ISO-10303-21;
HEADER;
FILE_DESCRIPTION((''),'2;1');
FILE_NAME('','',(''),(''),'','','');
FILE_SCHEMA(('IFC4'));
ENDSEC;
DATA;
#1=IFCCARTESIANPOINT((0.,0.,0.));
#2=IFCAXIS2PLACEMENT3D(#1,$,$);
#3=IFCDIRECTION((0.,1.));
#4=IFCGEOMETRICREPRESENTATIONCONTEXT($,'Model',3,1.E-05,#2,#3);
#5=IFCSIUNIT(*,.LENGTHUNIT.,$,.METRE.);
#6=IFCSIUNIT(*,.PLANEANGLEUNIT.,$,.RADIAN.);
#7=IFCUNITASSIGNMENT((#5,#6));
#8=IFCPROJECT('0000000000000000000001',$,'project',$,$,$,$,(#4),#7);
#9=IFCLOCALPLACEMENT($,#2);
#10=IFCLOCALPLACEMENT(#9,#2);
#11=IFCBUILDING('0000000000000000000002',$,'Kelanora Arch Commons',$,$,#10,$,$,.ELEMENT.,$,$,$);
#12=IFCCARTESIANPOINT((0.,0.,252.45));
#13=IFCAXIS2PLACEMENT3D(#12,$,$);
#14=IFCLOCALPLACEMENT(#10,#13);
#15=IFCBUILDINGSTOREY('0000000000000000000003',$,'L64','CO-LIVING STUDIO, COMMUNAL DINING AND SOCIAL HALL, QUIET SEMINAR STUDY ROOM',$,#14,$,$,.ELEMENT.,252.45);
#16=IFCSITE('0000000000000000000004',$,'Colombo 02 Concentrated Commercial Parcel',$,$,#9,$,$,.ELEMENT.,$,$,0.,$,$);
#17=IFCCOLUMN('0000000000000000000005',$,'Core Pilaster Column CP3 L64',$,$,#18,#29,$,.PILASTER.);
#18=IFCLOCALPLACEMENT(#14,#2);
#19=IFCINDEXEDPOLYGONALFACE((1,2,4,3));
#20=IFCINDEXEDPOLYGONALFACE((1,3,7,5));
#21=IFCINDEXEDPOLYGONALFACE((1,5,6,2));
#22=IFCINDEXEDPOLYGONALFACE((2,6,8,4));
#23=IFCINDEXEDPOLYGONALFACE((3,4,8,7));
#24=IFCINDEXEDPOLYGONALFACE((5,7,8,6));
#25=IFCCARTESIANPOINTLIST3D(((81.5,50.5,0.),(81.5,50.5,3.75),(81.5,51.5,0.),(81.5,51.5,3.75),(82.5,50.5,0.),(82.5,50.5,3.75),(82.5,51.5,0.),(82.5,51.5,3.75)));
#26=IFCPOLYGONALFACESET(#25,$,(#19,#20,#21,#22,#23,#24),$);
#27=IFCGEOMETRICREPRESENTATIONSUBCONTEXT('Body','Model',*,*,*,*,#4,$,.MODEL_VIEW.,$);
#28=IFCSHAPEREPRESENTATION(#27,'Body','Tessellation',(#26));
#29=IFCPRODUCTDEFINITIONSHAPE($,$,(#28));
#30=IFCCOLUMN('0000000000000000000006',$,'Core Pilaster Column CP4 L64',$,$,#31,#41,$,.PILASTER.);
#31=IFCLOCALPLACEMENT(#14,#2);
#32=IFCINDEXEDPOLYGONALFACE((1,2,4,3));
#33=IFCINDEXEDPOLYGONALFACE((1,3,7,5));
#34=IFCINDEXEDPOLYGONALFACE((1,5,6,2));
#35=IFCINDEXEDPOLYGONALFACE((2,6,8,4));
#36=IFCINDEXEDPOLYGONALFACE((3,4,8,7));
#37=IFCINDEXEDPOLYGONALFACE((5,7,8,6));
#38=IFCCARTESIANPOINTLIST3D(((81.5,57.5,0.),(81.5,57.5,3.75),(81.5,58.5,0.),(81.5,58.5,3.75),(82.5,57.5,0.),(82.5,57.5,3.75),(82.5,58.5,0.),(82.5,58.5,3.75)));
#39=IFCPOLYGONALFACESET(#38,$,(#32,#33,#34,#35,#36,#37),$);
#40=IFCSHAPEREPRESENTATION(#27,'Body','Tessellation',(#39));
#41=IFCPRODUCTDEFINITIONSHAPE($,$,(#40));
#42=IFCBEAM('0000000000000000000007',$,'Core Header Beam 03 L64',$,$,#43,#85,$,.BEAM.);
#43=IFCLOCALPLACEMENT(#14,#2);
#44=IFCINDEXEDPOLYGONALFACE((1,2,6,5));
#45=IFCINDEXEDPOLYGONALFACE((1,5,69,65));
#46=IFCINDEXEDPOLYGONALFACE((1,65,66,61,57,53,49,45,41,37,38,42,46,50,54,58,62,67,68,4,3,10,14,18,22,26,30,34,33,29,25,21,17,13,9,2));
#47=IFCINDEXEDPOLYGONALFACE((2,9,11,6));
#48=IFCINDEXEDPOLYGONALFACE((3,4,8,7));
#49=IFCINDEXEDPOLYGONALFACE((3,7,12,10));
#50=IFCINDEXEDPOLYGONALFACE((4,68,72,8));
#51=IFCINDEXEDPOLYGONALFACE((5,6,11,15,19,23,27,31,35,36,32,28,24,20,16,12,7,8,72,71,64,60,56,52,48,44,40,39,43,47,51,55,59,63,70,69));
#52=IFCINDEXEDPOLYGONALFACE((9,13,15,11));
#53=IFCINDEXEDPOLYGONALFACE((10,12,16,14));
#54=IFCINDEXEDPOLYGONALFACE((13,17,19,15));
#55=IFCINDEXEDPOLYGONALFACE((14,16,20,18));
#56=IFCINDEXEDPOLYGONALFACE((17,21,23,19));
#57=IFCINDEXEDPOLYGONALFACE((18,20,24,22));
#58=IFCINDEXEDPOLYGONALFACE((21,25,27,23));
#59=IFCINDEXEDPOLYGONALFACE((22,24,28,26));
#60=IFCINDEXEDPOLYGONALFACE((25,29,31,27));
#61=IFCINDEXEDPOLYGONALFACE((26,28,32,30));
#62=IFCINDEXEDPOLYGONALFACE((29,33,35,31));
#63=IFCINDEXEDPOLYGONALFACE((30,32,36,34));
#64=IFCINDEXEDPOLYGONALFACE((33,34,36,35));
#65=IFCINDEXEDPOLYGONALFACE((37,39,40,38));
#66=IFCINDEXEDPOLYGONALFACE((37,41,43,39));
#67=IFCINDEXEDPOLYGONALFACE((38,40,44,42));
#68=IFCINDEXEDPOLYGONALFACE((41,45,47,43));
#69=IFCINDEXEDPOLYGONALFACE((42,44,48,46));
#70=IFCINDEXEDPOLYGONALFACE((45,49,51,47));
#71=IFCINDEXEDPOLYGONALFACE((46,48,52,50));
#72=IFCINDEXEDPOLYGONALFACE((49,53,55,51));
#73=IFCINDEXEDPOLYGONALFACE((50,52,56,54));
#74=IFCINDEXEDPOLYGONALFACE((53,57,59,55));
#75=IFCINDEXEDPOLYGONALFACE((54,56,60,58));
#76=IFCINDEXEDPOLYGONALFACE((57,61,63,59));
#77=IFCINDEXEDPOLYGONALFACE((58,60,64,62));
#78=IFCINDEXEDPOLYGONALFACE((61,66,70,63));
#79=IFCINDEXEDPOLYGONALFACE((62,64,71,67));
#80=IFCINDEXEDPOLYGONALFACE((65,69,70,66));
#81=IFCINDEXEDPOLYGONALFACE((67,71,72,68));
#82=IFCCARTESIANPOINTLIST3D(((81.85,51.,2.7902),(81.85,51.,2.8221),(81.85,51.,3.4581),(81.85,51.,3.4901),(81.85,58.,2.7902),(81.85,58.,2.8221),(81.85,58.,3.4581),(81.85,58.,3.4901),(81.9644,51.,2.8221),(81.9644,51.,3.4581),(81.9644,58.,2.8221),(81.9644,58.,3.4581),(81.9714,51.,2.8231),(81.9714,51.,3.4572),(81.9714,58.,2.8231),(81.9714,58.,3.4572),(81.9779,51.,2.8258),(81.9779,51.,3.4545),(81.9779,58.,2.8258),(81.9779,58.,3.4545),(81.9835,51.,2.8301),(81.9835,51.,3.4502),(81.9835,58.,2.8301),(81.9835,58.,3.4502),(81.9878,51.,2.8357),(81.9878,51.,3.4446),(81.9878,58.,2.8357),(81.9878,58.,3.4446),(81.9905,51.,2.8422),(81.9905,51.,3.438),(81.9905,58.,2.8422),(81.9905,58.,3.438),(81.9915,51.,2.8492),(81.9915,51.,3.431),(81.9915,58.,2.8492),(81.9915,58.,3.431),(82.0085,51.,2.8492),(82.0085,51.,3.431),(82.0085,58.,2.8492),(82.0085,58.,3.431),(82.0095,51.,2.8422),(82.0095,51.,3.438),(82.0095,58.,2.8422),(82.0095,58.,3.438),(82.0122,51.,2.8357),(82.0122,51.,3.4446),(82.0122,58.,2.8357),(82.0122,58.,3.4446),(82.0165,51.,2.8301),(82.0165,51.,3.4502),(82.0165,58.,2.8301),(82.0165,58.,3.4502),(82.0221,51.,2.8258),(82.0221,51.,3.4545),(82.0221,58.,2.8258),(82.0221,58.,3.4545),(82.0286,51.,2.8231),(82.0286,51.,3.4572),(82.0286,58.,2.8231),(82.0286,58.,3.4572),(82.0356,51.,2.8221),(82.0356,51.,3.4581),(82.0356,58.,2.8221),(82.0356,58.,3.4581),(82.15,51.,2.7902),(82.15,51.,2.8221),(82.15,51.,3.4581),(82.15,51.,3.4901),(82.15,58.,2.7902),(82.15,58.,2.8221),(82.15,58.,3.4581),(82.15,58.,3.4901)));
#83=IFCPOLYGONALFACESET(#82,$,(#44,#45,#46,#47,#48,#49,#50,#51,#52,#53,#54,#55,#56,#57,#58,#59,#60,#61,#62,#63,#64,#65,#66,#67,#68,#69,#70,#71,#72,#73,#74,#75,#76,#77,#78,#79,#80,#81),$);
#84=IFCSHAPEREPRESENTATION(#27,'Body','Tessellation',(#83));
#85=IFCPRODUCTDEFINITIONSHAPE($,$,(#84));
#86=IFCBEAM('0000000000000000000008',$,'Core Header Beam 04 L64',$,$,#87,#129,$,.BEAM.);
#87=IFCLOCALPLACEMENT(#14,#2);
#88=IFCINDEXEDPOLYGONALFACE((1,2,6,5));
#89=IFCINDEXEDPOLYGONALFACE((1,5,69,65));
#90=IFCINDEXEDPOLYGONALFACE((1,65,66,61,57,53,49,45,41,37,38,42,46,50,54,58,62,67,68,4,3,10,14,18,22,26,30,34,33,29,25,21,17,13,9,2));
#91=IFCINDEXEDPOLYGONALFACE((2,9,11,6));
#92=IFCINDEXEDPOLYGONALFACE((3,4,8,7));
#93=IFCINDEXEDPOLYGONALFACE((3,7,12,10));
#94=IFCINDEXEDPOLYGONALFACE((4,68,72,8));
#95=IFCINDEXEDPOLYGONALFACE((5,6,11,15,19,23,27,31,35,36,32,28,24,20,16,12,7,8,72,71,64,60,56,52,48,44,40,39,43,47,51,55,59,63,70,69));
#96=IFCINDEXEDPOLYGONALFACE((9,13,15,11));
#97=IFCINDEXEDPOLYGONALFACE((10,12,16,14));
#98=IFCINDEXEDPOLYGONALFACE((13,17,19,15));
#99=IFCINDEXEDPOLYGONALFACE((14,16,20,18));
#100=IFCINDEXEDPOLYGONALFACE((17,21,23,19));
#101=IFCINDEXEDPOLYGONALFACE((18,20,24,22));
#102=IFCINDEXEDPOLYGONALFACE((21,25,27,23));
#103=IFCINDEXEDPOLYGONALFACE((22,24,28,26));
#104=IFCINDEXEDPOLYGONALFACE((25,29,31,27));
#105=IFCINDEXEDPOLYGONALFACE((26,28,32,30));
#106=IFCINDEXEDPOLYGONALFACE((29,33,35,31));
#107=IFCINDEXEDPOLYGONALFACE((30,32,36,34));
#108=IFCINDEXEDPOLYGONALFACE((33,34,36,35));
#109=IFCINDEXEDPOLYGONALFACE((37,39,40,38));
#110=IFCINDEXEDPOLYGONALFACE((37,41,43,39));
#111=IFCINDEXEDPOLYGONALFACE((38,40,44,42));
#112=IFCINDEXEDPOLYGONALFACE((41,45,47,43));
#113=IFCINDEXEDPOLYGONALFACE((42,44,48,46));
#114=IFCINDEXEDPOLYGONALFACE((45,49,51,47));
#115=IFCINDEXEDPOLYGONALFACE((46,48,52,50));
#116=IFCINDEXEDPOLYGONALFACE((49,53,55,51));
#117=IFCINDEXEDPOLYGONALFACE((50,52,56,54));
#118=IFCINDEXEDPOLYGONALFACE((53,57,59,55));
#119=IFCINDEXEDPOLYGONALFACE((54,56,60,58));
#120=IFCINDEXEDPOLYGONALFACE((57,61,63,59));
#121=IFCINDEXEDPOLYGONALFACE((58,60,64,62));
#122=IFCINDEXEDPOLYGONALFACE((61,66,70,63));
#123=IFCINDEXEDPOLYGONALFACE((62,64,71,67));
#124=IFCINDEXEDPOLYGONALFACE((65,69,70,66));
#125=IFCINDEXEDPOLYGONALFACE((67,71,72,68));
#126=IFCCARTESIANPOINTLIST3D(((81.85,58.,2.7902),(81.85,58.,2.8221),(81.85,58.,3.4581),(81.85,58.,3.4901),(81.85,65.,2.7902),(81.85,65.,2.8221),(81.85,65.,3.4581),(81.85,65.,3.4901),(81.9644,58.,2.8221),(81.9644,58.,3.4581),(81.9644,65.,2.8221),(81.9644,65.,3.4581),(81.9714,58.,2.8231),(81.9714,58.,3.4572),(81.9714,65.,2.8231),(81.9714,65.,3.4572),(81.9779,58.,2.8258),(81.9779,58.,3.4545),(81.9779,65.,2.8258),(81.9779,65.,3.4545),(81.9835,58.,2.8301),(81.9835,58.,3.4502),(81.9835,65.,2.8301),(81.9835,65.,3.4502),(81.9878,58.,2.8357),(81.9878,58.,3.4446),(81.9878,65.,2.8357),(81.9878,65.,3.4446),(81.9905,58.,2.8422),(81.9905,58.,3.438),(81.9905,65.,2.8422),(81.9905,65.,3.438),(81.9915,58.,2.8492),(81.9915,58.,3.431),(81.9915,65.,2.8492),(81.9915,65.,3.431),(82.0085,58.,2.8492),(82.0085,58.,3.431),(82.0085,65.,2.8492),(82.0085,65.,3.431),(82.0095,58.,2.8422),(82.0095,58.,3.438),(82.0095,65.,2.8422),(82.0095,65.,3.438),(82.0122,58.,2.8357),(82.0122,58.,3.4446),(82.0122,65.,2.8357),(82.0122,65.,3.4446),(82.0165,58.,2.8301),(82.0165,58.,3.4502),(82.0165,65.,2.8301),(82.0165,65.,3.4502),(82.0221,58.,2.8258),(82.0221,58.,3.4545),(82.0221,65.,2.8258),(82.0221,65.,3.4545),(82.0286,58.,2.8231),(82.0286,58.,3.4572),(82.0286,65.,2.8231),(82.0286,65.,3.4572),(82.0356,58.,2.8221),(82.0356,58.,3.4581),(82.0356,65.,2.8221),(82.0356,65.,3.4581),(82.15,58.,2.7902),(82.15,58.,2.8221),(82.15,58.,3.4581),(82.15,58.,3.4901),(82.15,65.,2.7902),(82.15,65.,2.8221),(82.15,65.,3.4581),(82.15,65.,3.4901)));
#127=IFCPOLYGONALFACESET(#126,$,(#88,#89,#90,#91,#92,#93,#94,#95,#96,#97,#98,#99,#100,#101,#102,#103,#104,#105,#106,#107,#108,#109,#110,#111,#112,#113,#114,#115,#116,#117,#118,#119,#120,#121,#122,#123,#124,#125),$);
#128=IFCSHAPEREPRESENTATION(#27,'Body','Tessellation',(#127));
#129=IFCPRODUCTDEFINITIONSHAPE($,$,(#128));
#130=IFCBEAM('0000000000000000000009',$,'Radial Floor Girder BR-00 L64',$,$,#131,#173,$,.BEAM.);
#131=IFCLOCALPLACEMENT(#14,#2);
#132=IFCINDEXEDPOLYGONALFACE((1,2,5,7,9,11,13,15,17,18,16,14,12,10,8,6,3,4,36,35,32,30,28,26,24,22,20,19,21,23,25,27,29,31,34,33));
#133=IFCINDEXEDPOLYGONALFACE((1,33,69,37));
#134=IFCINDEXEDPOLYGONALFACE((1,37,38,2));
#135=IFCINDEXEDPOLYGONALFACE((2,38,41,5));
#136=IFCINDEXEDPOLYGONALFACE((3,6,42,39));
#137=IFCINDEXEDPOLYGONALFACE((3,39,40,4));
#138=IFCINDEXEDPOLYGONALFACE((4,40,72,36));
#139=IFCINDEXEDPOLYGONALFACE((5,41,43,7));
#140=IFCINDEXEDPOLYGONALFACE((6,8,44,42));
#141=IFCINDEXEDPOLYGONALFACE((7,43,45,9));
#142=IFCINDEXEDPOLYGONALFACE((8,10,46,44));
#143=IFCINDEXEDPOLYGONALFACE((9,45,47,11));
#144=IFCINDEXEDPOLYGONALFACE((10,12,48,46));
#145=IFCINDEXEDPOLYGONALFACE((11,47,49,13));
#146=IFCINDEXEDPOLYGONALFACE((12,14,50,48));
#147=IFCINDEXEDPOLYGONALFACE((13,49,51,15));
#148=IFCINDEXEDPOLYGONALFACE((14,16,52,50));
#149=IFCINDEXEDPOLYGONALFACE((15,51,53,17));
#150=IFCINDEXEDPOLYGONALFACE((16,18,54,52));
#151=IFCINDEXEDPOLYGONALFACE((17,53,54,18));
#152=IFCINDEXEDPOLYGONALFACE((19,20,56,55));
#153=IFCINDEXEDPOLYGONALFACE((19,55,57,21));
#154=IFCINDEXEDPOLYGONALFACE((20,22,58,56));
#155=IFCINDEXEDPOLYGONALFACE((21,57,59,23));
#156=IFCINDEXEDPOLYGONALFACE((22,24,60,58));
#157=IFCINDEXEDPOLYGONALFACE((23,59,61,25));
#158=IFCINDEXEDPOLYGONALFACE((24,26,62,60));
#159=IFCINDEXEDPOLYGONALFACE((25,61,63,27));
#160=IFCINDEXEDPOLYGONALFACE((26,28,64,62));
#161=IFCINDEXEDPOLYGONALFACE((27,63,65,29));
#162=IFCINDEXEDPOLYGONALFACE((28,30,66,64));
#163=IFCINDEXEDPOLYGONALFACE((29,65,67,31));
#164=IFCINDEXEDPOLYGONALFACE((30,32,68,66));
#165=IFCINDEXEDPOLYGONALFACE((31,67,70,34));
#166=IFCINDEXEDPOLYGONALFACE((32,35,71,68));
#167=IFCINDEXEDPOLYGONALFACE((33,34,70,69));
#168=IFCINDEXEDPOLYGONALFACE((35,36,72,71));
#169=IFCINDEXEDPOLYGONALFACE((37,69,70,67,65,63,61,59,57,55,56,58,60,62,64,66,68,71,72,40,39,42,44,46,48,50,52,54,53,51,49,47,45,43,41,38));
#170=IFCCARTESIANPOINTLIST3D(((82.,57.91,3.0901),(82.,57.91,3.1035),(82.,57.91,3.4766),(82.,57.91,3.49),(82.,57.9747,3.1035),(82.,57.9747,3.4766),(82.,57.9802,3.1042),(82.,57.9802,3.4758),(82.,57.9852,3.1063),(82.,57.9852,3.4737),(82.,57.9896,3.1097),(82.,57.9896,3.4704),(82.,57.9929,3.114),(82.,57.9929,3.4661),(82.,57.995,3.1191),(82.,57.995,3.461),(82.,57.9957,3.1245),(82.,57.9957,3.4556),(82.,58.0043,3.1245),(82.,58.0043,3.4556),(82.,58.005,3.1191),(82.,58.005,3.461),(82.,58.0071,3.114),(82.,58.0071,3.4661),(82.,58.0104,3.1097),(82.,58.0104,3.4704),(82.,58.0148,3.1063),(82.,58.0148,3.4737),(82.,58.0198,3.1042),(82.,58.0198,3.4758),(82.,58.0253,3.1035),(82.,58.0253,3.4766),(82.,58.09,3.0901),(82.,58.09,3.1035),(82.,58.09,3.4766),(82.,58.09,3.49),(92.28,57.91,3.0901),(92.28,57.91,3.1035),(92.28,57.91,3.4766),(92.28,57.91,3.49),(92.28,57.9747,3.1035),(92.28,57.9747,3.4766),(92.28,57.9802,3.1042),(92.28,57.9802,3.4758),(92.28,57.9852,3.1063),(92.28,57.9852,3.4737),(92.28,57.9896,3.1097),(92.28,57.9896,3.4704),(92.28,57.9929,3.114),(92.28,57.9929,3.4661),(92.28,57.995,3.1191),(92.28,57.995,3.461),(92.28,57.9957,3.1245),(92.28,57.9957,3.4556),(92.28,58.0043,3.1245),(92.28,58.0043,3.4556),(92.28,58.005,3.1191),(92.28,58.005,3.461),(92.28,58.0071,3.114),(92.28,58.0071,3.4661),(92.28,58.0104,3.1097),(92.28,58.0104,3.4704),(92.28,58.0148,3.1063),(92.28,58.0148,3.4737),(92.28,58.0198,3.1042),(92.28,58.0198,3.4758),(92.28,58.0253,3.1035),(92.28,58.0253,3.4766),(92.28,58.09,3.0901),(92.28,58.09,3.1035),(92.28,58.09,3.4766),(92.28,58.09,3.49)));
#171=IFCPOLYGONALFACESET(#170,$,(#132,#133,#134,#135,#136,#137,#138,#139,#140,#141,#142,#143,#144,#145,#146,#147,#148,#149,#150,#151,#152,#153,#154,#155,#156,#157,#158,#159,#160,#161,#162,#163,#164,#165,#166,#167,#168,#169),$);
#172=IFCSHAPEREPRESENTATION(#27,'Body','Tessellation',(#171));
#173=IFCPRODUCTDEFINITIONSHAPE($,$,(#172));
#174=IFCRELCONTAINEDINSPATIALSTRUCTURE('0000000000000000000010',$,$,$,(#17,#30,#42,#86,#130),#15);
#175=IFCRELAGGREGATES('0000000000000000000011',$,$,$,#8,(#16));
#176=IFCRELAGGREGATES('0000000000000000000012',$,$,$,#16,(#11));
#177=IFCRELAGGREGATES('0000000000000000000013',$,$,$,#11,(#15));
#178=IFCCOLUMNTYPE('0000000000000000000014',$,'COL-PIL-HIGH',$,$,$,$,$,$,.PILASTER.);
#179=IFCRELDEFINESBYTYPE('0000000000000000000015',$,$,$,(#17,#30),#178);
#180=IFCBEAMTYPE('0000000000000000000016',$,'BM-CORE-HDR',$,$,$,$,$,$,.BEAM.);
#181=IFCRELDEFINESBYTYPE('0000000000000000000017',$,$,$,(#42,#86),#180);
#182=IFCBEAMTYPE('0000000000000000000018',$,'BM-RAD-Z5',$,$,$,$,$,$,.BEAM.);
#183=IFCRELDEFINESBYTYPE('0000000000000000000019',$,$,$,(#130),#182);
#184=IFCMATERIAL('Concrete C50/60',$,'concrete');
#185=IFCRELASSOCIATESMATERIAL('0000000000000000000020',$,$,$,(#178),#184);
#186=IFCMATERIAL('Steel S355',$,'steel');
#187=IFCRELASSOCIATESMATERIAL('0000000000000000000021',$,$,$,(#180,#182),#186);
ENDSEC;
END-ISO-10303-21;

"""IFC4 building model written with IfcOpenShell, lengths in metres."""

from ifc_helpers import new_model, si_unit, direction, frame, origin, origin_2d, place, context, subcontext, project, spatial, rectangle, i_section, extrude, material, material_profile, profile_set, type_object, element, save


model = new_model("IFC4")

# Units and contexts
model_context = context("Model", 3, precision=1e-05, world=origin(), true_north=direction((0.0, 1.0)))
body_context = subcontext(model_context, "Body", "Model", "MODEL_VIEW")
ifc_project = project(units=[si_unit("LENGTHUNIT", "METRE"), si_unit("PLANEANGLEUNIT", "RADIAN")], contexts=[model_context])

# Site, building, storey
site_placement = place(None, origin())
site = spatial("IfcSite", under=ifc_project, at=site_placement, Name="Colombo 02 Concentrated Commercial Parcel", CompositionType="ELEMENT", RefElevation=0.0)
building_placement = place(site_placement, origin())
building = spatial("IfcBuilding", under=site, at=building_placement, Name="Kelanora Arch Commons", CompositionType="ELEMENT")
storey_placement = place(building_placement, frame((0.0, 0.0, 252.45)))
storey = spatial("IfcBuildingStorey", under=building, at=storey_placement, Name="L64", Description="CO-LIVING STUDIO, COMMUNAL DINING AND SOCIAL HALL, QUIET SEMINAR STUDY ROOM", CompositionType="ELEMENT", Elevation=252.45)

# Columns
ifc_material_1 = material(Name="Concrete C50/60", Category="concrete")
ifc_material_profile_1 = material_profile(ifc_material_1, rectangle(XDim=1.0, YDim=1.0, at=origin_2d()), Name="RC1000x1000")
ifc_profile_set_1 = profile_set([ifc_material_profile_1], Name="Concrete C50/60")
column_type = type_object("IfcColumnType", Name="COL-PIL-HIGH", PredefinedType="PILASTER", material=ifc_profile_set_1)
for number, where, z_axis, x_axis, name in (
    (1, (82.0, 51.0, 0.0), (0.0, 0.0, 1.0), (1.0, 0.0, 0.0), "Core Pilaster Column CP3 L64"),
    (2, (82.0, 58.0, 0.0), (0.0, 0.0, 1.0), (1.0, 0.0, 0.0), "Core Pilaster Column CP4 L64"),
):
    element("IfcColumn", number, at=place(storey_placement, frame(where, z_axis=z_axis, x_axis=x_axis)), inside=storey, type_object=column_type, Name=name, PredefinedType="PILASTER", context=body_context, shape_type="SweptSolid", body=[
        extrude(rectangle(XDim=1.0, YDim=1.0, at=origin_2d()), origin(), (0.0, 0.0, 1.0), 3.75),
    ])

# Beams
ifc_material_2 = material(Name="Steel S355", Category="steel")
ifc_material_profile_2 = material_profile(ifc_material_2, i_section(OverallWidth=0.3, OverallDepth=0.7, WebThickness=0.0171, FlangeThickness=0.032, FilletRadius=0.0271, at=origin_2d()), Name="HEB700")
ifc_profile_set_2 = profile_set([ifc_material_profile_2], Name="Steel S355")
beam_type_1 = type_object("IfcBeamType", Name="BM-CORE-HDR", PredefinedType="BEAM", material=ifc_profile_set_2)
for number, where, z_axis, x_axis, name in (
    (3, (82.0, 51.0, 3.1401), (0.0, 1.0, 0.0), (-1.0, 0.0, 0.0), "Core Header Beam 03 L64"),
    (4, (82.0, 58.0, 3.1401), (0.0, 1.0, 0.0), (-1.0, 0.0, 0.0), "Core Header Beam 04 L64"),
):
    element("IfcBeam", number, at=place(storey_placement, frame(where, z_axis=z_axis, x_axis=x_axis)), inside=storey, type_object=beam_type_1, Name=name, PredefinedType="BEAM", context=body_context, shape_type="SweptSolid", body=[
        extrude(i_section(OverallWidth=0.3, OverallDepth=0.7, WebThickness=0.0171, FlangeThickness=0.032, FilletRadius=0.0271, at=origin_2d()), origin(), (0.0, 0.0, 1.0), 7.0),
    ])
ifc_material_profile_3 = material_profile(ifc_material_2, i_section(OverallWidth=0.1799, OverallDepth=0.3999, WebThickness=0.0085, FlangeThickness=0.0134, FilletRadius=0.021, at=origin_2d()), Name="IPE400")
ifc_profile_set_3 = profile_set([ifc_material_profile_3], Name="Steel S355")
beam_type_2 = type_object("IfcBeamType", Name="BM-RAD-Z5", PredefinedType="BEAM", material=ifc_profile_set_3)
beam_1_placement = place(storey_placement, frame((82.0, 58.0, 3.29), z_axis=(1.0, 0.0, 0.0), x_axis=(0.0, 1.0, 0.0)))
element("IfcBeam", 5, at=beam_1_placement, inside=storey, type_object=beam_type_2, Name="Radial Floor Girder BR-00 L64", PredefinedType="BEAM", context=body_context, shape_type="SweptSolid", body=[
    extrude(i_section(OverallWidth=0.1799, OverallDepth=0.3999, WebThickness=0.0085, FlangeThickness=0.0134, FilletRadius=0.021, at=origin_2d()), origin(), (0.0, 0.0, 1.0), 10.28),
])

save(model, "model.ifc")
